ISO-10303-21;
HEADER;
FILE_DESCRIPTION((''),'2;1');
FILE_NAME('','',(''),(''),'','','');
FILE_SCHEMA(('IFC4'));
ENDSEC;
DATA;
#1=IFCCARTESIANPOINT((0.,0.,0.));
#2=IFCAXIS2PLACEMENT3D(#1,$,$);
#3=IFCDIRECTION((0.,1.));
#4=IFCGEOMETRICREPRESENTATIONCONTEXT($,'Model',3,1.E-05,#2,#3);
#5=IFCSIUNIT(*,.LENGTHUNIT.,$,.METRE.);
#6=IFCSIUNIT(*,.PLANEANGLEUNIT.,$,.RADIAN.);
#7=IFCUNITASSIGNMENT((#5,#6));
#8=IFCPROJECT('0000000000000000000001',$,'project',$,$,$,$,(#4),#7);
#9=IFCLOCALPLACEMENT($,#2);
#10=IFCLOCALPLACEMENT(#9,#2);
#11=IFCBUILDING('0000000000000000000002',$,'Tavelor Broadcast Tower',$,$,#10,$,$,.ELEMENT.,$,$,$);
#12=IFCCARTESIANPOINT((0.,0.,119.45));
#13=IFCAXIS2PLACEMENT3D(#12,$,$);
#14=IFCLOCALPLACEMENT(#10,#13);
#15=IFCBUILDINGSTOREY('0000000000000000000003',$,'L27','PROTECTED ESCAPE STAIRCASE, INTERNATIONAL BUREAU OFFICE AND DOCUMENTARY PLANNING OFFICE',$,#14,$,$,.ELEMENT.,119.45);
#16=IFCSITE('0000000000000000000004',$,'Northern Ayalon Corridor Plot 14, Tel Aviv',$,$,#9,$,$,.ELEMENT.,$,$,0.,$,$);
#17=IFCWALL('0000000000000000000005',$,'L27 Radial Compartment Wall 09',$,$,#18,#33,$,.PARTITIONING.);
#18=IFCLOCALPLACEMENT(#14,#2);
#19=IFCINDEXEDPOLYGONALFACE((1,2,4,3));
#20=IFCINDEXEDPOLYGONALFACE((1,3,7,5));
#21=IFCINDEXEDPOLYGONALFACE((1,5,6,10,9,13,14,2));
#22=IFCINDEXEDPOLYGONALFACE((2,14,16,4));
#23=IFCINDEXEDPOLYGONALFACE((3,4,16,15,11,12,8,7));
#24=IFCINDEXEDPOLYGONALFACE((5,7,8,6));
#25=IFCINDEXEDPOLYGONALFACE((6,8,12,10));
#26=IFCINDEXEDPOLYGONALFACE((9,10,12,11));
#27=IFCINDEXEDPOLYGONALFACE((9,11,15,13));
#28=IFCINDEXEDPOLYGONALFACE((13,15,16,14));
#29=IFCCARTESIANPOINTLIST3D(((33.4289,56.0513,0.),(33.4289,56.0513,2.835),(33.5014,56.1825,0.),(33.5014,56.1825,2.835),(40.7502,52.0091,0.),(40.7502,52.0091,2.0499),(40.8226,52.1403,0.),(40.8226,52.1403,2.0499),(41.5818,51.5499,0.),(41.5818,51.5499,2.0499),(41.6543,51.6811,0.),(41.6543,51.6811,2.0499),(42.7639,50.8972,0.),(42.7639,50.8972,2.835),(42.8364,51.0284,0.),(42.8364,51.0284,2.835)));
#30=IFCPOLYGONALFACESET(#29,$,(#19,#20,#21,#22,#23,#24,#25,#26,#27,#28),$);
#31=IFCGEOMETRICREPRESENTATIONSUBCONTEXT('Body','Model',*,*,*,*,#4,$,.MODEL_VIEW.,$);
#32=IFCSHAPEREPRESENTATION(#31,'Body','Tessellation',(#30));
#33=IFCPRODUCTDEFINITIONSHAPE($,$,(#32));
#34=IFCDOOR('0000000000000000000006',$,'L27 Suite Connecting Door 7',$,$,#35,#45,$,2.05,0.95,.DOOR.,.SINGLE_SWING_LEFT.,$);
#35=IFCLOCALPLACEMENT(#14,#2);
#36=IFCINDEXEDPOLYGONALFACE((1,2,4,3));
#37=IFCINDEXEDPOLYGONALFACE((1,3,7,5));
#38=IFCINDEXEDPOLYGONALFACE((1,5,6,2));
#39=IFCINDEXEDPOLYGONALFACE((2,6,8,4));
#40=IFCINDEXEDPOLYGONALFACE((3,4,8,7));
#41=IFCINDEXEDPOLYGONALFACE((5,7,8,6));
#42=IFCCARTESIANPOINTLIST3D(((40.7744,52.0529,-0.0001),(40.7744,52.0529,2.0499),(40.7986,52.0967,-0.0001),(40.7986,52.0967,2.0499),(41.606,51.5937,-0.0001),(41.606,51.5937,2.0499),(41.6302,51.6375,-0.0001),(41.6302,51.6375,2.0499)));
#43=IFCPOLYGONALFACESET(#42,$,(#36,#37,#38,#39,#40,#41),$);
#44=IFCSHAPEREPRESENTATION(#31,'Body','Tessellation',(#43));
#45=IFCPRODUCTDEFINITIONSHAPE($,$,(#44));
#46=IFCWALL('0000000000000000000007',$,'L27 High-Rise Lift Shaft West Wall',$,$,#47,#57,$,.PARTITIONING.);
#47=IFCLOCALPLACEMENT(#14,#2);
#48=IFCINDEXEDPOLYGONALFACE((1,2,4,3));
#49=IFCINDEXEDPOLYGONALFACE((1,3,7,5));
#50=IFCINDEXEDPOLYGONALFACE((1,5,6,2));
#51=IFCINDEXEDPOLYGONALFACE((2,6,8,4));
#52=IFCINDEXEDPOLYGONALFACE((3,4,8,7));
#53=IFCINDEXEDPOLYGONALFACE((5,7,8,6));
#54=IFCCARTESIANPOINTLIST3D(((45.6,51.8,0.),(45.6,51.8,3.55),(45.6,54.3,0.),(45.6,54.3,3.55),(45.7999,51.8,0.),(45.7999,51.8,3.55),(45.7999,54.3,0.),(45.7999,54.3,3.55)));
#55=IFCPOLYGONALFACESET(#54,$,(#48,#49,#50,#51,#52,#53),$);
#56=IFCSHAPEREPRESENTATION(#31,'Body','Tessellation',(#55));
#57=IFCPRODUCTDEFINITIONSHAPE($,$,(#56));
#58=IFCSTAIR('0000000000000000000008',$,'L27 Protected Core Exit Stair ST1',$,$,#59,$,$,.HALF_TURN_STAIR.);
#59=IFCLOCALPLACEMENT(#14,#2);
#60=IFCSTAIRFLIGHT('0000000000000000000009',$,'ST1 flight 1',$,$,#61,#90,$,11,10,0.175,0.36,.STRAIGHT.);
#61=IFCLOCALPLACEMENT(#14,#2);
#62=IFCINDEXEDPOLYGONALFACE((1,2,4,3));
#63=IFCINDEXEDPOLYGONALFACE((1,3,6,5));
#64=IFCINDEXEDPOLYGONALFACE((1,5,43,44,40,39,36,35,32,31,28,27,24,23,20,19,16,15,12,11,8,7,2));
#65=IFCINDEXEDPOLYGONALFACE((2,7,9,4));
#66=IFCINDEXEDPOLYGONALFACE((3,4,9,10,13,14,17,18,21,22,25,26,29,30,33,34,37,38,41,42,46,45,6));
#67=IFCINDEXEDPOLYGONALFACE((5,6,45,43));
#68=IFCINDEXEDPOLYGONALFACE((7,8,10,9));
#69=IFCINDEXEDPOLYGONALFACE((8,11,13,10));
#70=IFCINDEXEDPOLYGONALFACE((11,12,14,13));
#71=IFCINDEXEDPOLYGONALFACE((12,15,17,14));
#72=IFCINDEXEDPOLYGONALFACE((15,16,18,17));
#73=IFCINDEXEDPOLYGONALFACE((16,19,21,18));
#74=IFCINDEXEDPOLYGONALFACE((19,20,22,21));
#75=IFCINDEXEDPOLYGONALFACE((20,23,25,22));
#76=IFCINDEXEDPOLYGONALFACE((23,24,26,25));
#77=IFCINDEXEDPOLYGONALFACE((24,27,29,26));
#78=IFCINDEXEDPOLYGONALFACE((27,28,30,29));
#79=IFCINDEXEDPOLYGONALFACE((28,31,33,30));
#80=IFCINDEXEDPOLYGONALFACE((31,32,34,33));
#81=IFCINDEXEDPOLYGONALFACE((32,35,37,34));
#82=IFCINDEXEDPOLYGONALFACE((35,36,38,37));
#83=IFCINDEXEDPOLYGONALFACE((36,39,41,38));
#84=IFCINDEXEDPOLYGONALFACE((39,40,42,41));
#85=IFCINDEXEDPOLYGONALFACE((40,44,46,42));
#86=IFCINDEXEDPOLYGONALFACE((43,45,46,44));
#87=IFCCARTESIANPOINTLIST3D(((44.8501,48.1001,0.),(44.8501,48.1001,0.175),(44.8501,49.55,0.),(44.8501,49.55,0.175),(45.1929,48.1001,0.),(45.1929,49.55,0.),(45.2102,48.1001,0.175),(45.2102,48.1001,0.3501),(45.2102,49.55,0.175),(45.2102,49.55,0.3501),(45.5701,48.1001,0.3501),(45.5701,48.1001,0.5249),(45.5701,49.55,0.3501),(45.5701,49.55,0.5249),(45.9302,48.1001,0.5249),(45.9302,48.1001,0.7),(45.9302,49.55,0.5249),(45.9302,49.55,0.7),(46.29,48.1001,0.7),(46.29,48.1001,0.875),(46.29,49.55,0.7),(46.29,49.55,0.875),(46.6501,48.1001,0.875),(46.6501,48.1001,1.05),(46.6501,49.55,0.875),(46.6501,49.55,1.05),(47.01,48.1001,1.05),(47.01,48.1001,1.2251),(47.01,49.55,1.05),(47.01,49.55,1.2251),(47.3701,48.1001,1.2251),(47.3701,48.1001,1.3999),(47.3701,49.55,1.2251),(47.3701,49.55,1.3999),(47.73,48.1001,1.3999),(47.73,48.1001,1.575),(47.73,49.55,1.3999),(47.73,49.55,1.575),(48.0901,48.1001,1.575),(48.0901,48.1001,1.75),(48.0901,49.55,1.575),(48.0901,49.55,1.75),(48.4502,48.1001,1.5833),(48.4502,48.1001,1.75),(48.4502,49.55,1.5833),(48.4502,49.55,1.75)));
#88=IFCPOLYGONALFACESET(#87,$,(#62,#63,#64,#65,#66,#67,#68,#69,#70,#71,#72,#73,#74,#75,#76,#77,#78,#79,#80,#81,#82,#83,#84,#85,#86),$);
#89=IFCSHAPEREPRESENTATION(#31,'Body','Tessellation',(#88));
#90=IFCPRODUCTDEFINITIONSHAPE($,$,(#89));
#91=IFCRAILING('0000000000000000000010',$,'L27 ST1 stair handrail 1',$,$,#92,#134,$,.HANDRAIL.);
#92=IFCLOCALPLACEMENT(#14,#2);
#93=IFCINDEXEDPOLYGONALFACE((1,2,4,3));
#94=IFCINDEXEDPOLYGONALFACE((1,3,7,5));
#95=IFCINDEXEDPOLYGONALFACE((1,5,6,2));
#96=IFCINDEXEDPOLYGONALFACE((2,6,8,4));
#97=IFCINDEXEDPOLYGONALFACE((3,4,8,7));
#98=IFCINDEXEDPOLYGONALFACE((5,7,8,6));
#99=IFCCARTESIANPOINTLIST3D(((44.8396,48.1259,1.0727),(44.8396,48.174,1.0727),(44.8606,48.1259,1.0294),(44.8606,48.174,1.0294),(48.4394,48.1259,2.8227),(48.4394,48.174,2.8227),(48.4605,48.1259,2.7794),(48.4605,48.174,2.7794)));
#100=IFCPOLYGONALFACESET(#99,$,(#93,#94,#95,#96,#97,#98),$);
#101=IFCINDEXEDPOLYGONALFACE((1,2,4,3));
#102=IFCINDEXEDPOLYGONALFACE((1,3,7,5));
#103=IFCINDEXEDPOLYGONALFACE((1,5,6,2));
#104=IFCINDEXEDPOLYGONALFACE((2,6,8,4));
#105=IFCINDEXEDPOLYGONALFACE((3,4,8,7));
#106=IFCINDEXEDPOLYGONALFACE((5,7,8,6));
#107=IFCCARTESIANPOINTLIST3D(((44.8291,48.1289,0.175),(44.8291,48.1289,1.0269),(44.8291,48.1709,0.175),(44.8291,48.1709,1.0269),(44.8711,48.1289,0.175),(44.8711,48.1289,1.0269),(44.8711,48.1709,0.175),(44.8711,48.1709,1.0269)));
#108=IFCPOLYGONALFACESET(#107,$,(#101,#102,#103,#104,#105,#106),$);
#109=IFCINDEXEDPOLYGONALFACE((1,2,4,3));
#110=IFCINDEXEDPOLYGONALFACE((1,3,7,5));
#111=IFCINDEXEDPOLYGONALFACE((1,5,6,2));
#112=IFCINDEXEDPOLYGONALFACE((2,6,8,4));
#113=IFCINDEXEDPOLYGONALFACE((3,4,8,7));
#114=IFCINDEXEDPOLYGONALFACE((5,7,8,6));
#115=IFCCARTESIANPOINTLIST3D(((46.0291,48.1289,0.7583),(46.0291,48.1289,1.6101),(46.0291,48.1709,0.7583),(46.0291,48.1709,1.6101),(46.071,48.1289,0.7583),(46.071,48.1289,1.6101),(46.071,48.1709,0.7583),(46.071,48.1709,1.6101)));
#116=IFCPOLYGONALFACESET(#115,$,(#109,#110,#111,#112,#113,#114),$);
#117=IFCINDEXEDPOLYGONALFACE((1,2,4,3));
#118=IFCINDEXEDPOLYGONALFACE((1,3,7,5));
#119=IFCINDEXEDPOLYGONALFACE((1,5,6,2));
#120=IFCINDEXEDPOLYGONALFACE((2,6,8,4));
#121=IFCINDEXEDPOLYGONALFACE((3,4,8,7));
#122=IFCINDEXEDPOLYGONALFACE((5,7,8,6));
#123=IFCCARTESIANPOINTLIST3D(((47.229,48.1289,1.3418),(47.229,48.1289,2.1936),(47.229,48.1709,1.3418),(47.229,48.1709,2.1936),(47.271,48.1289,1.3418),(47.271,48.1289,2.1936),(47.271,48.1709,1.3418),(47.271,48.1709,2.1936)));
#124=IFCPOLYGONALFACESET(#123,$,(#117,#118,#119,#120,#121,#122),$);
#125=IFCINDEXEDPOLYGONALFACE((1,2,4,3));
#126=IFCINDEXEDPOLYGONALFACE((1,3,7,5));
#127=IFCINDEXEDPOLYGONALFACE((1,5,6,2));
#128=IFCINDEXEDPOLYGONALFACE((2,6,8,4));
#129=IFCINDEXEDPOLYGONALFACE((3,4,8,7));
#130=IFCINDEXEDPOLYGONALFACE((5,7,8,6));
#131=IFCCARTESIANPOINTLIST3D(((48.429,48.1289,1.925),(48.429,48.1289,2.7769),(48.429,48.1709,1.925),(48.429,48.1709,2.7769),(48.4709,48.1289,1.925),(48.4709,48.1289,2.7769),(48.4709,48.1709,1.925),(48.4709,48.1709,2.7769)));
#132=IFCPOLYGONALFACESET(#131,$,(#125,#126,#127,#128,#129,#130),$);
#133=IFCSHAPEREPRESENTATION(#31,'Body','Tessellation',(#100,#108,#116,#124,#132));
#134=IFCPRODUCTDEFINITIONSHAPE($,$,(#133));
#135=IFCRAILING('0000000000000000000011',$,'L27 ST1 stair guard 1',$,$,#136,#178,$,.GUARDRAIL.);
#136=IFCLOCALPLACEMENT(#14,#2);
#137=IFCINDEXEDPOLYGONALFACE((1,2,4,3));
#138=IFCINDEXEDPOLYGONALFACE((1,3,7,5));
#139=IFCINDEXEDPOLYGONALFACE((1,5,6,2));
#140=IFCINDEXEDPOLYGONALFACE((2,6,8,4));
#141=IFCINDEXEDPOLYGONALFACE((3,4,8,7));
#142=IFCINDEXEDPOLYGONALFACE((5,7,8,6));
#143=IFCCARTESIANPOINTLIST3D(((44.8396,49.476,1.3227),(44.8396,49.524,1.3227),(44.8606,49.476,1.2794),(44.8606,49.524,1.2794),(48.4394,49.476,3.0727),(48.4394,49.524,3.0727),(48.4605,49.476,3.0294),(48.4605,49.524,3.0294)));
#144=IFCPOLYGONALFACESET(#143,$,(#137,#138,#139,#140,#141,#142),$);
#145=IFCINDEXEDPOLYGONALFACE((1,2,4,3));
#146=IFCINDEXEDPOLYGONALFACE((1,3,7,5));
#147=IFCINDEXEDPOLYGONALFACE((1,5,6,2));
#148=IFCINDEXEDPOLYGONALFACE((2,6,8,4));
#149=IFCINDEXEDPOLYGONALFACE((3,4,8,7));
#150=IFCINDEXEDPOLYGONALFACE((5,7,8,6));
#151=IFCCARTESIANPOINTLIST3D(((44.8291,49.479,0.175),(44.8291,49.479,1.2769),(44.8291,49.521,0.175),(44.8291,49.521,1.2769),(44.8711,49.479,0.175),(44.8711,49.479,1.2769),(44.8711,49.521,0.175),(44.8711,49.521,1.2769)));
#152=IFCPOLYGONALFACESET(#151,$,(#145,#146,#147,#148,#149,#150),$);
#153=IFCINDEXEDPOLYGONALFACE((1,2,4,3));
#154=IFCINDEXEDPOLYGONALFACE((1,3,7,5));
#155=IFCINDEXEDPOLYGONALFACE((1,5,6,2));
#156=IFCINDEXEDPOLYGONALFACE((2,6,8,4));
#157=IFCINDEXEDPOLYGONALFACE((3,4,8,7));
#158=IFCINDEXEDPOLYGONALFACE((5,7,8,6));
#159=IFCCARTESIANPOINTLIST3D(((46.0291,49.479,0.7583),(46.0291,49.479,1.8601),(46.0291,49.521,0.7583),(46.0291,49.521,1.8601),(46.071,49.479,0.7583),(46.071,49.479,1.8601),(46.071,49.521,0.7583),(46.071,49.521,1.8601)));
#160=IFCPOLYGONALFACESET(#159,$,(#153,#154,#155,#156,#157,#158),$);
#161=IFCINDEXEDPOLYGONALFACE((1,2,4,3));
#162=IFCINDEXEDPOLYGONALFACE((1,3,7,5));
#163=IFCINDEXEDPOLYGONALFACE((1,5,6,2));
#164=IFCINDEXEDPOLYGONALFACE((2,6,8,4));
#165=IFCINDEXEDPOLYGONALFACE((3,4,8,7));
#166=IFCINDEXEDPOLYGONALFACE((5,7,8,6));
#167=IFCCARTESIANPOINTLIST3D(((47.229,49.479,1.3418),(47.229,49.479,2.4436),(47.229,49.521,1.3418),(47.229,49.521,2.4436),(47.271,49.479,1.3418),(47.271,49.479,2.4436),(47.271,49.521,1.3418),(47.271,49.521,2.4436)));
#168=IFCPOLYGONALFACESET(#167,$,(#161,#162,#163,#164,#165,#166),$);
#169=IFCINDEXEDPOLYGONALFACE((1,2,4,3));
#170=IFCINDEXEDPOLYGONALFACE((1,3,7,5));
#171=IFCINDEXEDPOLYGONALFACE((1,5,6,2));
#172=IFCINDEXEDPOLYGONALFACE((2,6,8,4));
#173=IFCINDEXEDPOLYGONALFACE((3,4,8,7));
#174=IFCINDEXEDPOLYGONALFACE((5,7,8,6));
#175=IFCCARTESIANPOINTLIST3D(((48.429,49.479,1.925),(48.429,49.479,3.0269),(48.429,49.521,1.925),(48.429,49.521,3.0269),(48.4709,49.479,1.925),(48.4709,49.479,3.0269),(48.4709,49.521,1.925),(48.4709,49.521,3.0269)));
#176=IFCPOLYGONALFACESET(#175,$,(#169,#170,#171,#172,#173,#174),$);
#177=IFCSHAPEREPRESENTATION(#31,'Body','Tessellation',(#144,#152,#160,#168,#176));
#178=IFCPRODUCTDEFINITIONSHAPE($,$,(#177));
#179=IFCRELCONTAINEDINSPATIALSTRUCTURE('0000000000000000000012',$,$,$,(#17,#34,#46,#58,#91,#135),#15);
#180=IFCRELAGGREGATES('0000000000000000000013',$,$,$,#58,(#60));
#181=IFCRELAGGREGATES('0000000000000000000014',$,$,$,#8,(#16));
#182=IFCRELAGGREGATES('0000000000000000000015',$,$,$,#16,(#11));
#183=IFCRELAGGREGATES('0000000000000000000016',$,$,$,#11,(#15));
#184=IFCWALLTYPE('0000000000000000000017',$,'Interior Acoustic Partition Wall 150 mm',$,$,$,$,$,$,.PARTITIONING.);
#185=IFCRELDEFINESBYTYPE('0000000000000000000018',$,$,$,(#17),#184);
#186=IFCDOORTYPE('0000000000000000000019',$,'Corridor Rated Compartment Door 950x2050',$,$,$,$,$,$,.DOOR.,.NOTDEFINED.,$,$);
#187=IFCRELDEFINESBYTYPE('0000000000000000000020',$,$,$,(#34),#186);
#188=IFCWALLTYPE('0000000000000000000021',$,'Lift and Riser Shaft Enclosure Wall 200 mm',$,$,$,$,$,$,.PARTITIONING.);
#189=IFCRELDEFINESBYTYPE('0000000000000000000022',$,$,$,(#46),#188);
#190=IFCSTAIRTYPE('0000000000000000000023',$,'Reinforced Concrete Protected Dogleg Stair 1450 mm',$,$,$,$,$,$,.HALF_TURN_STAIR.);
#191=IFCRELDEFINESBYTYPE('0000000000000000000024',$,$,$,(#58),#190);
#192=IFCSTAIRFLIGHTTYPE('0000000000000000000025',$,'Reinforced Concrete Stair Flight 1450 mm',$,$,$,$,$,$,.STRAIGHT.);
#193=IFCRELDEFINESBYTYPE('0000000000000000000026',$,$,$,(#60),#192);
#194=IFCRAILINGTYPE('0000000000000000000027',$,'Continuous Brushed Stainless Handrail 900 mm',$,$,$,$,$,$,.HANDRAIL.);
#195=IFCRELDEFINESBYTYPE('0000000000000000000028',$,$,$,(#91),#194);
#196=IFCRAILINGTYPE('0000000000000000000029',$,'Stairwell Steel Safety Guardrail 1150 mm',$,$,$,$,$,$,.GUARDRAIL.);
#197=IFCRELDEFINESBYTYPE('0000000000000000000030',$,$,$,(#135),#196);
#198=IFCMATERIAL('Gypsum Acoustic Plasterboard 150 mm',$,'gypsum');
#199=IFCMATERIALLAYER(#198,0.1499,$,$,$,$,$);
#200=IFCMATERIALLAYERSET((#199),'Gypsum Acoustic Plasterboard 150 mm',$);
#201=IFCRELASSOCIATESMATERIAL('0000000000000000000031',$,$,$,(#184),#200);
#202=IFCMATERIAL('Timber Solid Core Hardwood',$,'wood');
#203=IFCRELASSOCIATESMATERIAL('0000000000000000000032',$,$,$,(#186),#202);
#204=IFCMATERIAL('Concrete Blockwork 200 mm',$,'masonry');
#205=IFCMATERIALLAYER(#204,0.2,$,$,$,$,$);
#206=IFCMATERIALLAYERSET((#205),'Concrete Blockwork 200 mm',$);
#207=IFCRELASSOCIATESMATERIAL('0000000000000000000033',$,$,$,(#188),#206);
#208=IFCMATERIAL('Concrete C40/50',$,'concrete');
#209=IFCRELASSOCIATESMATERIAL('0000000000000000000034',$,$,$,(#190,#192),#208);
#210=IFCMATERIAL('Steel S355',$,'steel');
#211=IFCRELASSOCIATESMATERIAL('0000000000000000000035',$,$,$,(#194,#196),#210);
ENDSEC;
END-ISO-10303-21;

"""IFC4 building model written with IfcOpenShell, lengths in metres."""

from ifc_helpers import new_model, si_unit, direction, frame, frame_2d, origin, origin_2d, place, context, subcontext, project, spatial, polyline, rectangle, outline, extrude, material, layer, layer_set, type_object, element, fill, aggregate, save


model = new_model("IFC4")

# Units and contexts
model_context = context("Model", 3, precision=1e-05, world=origin(), true_north=direction((0.0, 1.0)))
body_context = subcontext(model_context, "Body", "Model", "MODEL_VIEW")
ifc_project = project(units=[si_unit("LENGTHUNIT", "METRE"), si_unit("PLANEANGLEUNIT", "RADIAN")], contexts=[model_context])

# Site, building, storey
site_placement = place(None, origin())
site = spatial("IfcSite", under=ifc_project, at=site_placement, Name="Northern Ayalon Corridor Plot 14, Tel Aviv", CompositionType="ELEMENT", RefElevation=0.0)
building_placement = place(site_placement, origin())
building = spatial("IfcBuilding", under=site, at=building_placement, Name="Tavelor Broadcast Tower", CompositionType="ELEMENT")
storey_placement = place(building_placement, frame((0.0, 0.0, 119.45)))
storey = spatial("IfcBuildingStorey", under=building, at=storey_placement, Name="L27", Description="PROTECTED ESCAPE STAIRCASE, INTERNATIONAL BUREAU OFFICE AND DOCUMENTARY PLANNING OFFICE", CompositionType="ELEMENT", Elevation=119.45)

# Shared definitions
ifc_material_1 = material(Name="Steel S355", Category="steel")

# Wall, opening, door
ifc_material_2 = material(Name="Gypsum Acoustic Plasterboard 150 mm", Category="gypsum")
ifc_layer_1 = layer(ifc_material_2, 0.1499)
ifc_layer_set_1 = layer_set([ifc_layer_1], Name="Gypsum Acoustic Plasterboard 150 mm")
wall_type_1 = type_object("IfcWallType", Name="Interior Acoustic Partition Wall 150 mm", PredefinedType="PARTITIONING", material=ifc_layer_set_1)
wall_1_placement = place(storey_placement, frame((42.8, 50.9629, 0.0), z_axis=(0.0, 0.0, 1.0), x_axis=(-0.87543, 0.483345, 0.0)))
wall_1 = element("IfcWall", 1, at=wall_1_placement, inside=storey, type_object=wall_type_1, Name="L27 Radial Compartment Wall 09", PredefinedType="PARTITIONING", context=body_context, shape_type="SweptSolid", body=[
    extrude(rectangle(XDim=10.6633, YDim=0.1499, at=frame_2d((5.3315, 0.0))), origin(), (0.0, 0.0, 1.0), 2.835),
])
opening_1_placement = place(wall_1_placement, frame((1.3501, 0.0, 0.0)))
opening_1 = element("IfcOpeningElement", 2, at=opening_1_placement, cuts=wall_1, PredefinedType="OPENING", context=body_context, shape_type="SweptSolid", body=[
    extrude(rectangle(XDim=0.95, YDim=2.05, at=frame_2d((0.4751, 1.0249))), frame((0.0, 0.085, 0.0), z_axis=(0.0, -1.0, 0.0), x_axis=(1.0, 0.0, 0.0)), (0.0, 0.0, 1.0), 0.1699),
])
ifc_material_3 = material(Name="Timber Solid Core Hardwood", Category="wood")
door_type_1 = type_object("IfcDoorType", Name="Corridor Rated Compartment Door 950x2050", OperationType="NOTDEFINED", PredefinedType="DOOR", material=ifc_material_3)
door_1_placement = place(opening_1_placement, origin())
door_1 = element("IfcDoor", 3, at=door_1_placement, inside=storey, type_object=door_type_1, Name="L27 Suite Connecting Door 7", OperationType="SINGLE_SWING_LEFT", OverallHeight=2.05, OverallWidth=0.95, PredefinedType="DOOR", context=body_context, shape_type="SweptSolid", body=[
    extrude(rectangle(XDim=0.95, YDim=2.05, at=frame_2d((0.4751, 1.0249))), frame((0.0, 0.0249, 0.0), z_axis=(0.0, -1.0, 0.0), x_axis=(1.0, 0.0, 0.0)), (0.0, 0.0, 1.0), 0.05),
])
fill(opening_1, door_1)

# Wall
ifc_material_4 = material(Name="Concrete Blockwork 200 mm", Category="masonry")
ifc_layer_2 = layer(ifc_material_4, 0.2)
ifc_layer_set_2 = layer_set([ifc_layer_2], Name="Concrete Blockwork 200 mm")
wall_type_2 = type_object("IfcWallType", Name="Lift and Riser Shaft Enclosure Wall 200 mm", PredefinedType="PARTITIONING", material=ifc_layer_set_2)
wall_2_placement = place(storey_placement, frame((45.7, 51.8, 0.0), z_axis=(0.0, 0.0, 1.0), x_axis=(0.0, 1.0, 0.0)))
element("IfcWall", 4, at=wall_2_placement, inside=storey, type_object=wall_type_2, Name="L27 High-Rise Lift Shaft West Wall", PredefinedType="PARTITIONING", context=body_context, shape_type="SweptSolid", body=[
    extrude(rectangle(XDim=2.5, YDim=0.2, at=frame_2d((1.25, 0.0))), origin(), (0.0, 0.0, 1.0), 3.55),
])

# Stair, stair flight
ifc_material_5 = material(Name="Concrete C40/50", Category="concrete")
stair_type = type_object("IfcStairType", Name="Reinforced Concrete Protected Dogleg Stair 1450 mm", PredefinedType="HALF_TURN_STAIR", material=ifc_material_5)
stair_placement = place(storey_placement, origin())
stair = element("IfcStair", 5, at=stair_placement, inside=storey, type_object=stair_type, Name="L27 Protected Core Exit Stair ST1", PredefinedType="HALF_TURN_STAIR")
stair_flight_type = type_object("IfcStairFlightType", Name="Reinforced Concrete Stair Flight 1450 mm", PredefinedType="STRAIGHT", material=ifc_material_5)
stair_flight_placement = place(storey_placement, frame((44.8501, 48.825, 0.0), z_axis=(0.0, 0.0, 1.0), x_axis=(1.0, 0.0, 0.0)))
stair_flight = element("IfcStairFlight", 6, at=stair_flight_placement, type_object=stair_flight_type, Name="ST1 flight 1", NumberOfRisers=11, NumberOfTreads=10, PredefinedType="STRAIGHT", RiserHeight=0.175, TreadLength=0.36, context=body_context, shape_type="SweptSolid", body=[
    extrude(outline(polyline([(0.0, 0.0), (0.0, 0.175), (0.3601, 0.175), (0.3601, 0.3501), (0.72, 0.3501), (0.72, 0.5249), (1.0801, 0.5249), (1.0801, 0.7), (1.4399, 0.7), (1.4399, 0.875), (1.8, 0.875), (1.8, 1.05), (2.1599, 1.05), (2.1599, 1.2251), (2.52, 1.2251), (2.52, 1.3999), (2.8799, 1.3999), (2.8799, 1.575), (3.24, 1.575), (3.24, 1.75), (3.6001, 1.75), (3.6001, 1.925), (3.6001, 1.5833), (0.3428, 0.0), (0.0, 0.0)])), frame((0.0, 0.7251, 0.0), z_axis=(0.0, -1.0, 0.0), x_axis=(1.0, 0.0, 0.0)), (0.0, 0.0, 1.0), 1.45),
])
aggregate(stair, [stair_flight])

# Railings
railing_type_1 = type_object("IfcRailingType", Name="Continuous Brushed Stainless Handrail 900 mm", PredefinedType="HANDRAIL", material=ifc_material_1)
railing_1_placement = place(storey_placement, frame((44.8501, 48.1499, 0.175)))
element("IfcRailing", 7, at=railing_1_placement, inside=storey, type_object=railing_type_1, Name="L27 ST1 stair handrail 1", PredefinedType="HANDRAIL", context=body_context, shape_type="SweptSolid", body=[
    extrude(rectangle(XDim=0.0481, YDim=0.0481, at=origin_2d()), frame((0.0, 0.0, 0.876), z_axis=(0.899361, 0.0, 0.437207), x_axis=(0.0, 1.0, 0.0)), (0.0, 0.0, 1.0), 4.0027),
    extrude(rectangle(XDim=0.042, YDim=0.042, at=origin_2d()), origin(), (0.0, 0.0, 1.0), 0.8518),
    extrude(rectangle(XDim=0.042, YDim=0.042, at=origin_2d()), frame((1.2, 0.0, 0.5833)), (0.0, 0.0, 1.0), 0.8518),
    extrude(rectangle(XDim=0.042, YDim=0.042, at=origin_2d()), frame((2.3999, 0.0, 1.1667)), (0.0, 0.0, 1.0), 0.8518),
    extrude(rectangle(XDim=0.042, YDim=0.042, at=origin_2d()), frame((3.5999, 0.0, 1.75)), (0.0, 0.0, 1.0), 0.8518),
])
railing_type_2 = type_object("IfcRailingType", Name="Stairwell Steel Safety Guardrail 1150 mm", PredefinedType="GUARDRAIL", material=ifc_material_1)
railing_2_placement = place(storey_placement, frame((44.8501, 49.5, 0.175)))
element("IfcRailing", 8, at=railing_2_placement, inside=storey, type_object=railing_type_2, Name="L27 ST1 stair guard 1", PredefinedType="GUARDRAIL", context=body_context, shape_type="SweptSolid", body=[
    extrude(rectangle(XDim=0.0481, YDim=0.0481, at=origin_2d()), frame((0.0, 0.0, 1.126), z_axis=(0.899361, 0.0, 0.437207), x_axis=(0.0, 1.0, 0.0)), (0.0, 0.0, 1.0), 4.0027),
    extrude(rectangle(XDim=0.042, YDim=0.042, at=origin_2d()), origin(), (0.0, 0.0, 1.0), 1.1018),
    extrude(rectangle(XDim=0.042, YDim=0.042, at=origin_2d()), frame((1.2, 0.0, 0.5833)), (0.0, 0.0, 1.0), 1.1018),
    extrude(rectangle(XDim=0.042, YDim=0.042, at=origin_2d()), frame((2.3999, 0.0, 1.1667)), (0.0, 0.0, 1.0), 1.1018),
    extrude(rectangle(XDim=0.042, YDim=0.042, at=origin_2d()), frame((3.5999, 0.0, 1.75)), (0.0, 0.0, 1.0), 1.1018),
])

save(model, "model.ifc")
